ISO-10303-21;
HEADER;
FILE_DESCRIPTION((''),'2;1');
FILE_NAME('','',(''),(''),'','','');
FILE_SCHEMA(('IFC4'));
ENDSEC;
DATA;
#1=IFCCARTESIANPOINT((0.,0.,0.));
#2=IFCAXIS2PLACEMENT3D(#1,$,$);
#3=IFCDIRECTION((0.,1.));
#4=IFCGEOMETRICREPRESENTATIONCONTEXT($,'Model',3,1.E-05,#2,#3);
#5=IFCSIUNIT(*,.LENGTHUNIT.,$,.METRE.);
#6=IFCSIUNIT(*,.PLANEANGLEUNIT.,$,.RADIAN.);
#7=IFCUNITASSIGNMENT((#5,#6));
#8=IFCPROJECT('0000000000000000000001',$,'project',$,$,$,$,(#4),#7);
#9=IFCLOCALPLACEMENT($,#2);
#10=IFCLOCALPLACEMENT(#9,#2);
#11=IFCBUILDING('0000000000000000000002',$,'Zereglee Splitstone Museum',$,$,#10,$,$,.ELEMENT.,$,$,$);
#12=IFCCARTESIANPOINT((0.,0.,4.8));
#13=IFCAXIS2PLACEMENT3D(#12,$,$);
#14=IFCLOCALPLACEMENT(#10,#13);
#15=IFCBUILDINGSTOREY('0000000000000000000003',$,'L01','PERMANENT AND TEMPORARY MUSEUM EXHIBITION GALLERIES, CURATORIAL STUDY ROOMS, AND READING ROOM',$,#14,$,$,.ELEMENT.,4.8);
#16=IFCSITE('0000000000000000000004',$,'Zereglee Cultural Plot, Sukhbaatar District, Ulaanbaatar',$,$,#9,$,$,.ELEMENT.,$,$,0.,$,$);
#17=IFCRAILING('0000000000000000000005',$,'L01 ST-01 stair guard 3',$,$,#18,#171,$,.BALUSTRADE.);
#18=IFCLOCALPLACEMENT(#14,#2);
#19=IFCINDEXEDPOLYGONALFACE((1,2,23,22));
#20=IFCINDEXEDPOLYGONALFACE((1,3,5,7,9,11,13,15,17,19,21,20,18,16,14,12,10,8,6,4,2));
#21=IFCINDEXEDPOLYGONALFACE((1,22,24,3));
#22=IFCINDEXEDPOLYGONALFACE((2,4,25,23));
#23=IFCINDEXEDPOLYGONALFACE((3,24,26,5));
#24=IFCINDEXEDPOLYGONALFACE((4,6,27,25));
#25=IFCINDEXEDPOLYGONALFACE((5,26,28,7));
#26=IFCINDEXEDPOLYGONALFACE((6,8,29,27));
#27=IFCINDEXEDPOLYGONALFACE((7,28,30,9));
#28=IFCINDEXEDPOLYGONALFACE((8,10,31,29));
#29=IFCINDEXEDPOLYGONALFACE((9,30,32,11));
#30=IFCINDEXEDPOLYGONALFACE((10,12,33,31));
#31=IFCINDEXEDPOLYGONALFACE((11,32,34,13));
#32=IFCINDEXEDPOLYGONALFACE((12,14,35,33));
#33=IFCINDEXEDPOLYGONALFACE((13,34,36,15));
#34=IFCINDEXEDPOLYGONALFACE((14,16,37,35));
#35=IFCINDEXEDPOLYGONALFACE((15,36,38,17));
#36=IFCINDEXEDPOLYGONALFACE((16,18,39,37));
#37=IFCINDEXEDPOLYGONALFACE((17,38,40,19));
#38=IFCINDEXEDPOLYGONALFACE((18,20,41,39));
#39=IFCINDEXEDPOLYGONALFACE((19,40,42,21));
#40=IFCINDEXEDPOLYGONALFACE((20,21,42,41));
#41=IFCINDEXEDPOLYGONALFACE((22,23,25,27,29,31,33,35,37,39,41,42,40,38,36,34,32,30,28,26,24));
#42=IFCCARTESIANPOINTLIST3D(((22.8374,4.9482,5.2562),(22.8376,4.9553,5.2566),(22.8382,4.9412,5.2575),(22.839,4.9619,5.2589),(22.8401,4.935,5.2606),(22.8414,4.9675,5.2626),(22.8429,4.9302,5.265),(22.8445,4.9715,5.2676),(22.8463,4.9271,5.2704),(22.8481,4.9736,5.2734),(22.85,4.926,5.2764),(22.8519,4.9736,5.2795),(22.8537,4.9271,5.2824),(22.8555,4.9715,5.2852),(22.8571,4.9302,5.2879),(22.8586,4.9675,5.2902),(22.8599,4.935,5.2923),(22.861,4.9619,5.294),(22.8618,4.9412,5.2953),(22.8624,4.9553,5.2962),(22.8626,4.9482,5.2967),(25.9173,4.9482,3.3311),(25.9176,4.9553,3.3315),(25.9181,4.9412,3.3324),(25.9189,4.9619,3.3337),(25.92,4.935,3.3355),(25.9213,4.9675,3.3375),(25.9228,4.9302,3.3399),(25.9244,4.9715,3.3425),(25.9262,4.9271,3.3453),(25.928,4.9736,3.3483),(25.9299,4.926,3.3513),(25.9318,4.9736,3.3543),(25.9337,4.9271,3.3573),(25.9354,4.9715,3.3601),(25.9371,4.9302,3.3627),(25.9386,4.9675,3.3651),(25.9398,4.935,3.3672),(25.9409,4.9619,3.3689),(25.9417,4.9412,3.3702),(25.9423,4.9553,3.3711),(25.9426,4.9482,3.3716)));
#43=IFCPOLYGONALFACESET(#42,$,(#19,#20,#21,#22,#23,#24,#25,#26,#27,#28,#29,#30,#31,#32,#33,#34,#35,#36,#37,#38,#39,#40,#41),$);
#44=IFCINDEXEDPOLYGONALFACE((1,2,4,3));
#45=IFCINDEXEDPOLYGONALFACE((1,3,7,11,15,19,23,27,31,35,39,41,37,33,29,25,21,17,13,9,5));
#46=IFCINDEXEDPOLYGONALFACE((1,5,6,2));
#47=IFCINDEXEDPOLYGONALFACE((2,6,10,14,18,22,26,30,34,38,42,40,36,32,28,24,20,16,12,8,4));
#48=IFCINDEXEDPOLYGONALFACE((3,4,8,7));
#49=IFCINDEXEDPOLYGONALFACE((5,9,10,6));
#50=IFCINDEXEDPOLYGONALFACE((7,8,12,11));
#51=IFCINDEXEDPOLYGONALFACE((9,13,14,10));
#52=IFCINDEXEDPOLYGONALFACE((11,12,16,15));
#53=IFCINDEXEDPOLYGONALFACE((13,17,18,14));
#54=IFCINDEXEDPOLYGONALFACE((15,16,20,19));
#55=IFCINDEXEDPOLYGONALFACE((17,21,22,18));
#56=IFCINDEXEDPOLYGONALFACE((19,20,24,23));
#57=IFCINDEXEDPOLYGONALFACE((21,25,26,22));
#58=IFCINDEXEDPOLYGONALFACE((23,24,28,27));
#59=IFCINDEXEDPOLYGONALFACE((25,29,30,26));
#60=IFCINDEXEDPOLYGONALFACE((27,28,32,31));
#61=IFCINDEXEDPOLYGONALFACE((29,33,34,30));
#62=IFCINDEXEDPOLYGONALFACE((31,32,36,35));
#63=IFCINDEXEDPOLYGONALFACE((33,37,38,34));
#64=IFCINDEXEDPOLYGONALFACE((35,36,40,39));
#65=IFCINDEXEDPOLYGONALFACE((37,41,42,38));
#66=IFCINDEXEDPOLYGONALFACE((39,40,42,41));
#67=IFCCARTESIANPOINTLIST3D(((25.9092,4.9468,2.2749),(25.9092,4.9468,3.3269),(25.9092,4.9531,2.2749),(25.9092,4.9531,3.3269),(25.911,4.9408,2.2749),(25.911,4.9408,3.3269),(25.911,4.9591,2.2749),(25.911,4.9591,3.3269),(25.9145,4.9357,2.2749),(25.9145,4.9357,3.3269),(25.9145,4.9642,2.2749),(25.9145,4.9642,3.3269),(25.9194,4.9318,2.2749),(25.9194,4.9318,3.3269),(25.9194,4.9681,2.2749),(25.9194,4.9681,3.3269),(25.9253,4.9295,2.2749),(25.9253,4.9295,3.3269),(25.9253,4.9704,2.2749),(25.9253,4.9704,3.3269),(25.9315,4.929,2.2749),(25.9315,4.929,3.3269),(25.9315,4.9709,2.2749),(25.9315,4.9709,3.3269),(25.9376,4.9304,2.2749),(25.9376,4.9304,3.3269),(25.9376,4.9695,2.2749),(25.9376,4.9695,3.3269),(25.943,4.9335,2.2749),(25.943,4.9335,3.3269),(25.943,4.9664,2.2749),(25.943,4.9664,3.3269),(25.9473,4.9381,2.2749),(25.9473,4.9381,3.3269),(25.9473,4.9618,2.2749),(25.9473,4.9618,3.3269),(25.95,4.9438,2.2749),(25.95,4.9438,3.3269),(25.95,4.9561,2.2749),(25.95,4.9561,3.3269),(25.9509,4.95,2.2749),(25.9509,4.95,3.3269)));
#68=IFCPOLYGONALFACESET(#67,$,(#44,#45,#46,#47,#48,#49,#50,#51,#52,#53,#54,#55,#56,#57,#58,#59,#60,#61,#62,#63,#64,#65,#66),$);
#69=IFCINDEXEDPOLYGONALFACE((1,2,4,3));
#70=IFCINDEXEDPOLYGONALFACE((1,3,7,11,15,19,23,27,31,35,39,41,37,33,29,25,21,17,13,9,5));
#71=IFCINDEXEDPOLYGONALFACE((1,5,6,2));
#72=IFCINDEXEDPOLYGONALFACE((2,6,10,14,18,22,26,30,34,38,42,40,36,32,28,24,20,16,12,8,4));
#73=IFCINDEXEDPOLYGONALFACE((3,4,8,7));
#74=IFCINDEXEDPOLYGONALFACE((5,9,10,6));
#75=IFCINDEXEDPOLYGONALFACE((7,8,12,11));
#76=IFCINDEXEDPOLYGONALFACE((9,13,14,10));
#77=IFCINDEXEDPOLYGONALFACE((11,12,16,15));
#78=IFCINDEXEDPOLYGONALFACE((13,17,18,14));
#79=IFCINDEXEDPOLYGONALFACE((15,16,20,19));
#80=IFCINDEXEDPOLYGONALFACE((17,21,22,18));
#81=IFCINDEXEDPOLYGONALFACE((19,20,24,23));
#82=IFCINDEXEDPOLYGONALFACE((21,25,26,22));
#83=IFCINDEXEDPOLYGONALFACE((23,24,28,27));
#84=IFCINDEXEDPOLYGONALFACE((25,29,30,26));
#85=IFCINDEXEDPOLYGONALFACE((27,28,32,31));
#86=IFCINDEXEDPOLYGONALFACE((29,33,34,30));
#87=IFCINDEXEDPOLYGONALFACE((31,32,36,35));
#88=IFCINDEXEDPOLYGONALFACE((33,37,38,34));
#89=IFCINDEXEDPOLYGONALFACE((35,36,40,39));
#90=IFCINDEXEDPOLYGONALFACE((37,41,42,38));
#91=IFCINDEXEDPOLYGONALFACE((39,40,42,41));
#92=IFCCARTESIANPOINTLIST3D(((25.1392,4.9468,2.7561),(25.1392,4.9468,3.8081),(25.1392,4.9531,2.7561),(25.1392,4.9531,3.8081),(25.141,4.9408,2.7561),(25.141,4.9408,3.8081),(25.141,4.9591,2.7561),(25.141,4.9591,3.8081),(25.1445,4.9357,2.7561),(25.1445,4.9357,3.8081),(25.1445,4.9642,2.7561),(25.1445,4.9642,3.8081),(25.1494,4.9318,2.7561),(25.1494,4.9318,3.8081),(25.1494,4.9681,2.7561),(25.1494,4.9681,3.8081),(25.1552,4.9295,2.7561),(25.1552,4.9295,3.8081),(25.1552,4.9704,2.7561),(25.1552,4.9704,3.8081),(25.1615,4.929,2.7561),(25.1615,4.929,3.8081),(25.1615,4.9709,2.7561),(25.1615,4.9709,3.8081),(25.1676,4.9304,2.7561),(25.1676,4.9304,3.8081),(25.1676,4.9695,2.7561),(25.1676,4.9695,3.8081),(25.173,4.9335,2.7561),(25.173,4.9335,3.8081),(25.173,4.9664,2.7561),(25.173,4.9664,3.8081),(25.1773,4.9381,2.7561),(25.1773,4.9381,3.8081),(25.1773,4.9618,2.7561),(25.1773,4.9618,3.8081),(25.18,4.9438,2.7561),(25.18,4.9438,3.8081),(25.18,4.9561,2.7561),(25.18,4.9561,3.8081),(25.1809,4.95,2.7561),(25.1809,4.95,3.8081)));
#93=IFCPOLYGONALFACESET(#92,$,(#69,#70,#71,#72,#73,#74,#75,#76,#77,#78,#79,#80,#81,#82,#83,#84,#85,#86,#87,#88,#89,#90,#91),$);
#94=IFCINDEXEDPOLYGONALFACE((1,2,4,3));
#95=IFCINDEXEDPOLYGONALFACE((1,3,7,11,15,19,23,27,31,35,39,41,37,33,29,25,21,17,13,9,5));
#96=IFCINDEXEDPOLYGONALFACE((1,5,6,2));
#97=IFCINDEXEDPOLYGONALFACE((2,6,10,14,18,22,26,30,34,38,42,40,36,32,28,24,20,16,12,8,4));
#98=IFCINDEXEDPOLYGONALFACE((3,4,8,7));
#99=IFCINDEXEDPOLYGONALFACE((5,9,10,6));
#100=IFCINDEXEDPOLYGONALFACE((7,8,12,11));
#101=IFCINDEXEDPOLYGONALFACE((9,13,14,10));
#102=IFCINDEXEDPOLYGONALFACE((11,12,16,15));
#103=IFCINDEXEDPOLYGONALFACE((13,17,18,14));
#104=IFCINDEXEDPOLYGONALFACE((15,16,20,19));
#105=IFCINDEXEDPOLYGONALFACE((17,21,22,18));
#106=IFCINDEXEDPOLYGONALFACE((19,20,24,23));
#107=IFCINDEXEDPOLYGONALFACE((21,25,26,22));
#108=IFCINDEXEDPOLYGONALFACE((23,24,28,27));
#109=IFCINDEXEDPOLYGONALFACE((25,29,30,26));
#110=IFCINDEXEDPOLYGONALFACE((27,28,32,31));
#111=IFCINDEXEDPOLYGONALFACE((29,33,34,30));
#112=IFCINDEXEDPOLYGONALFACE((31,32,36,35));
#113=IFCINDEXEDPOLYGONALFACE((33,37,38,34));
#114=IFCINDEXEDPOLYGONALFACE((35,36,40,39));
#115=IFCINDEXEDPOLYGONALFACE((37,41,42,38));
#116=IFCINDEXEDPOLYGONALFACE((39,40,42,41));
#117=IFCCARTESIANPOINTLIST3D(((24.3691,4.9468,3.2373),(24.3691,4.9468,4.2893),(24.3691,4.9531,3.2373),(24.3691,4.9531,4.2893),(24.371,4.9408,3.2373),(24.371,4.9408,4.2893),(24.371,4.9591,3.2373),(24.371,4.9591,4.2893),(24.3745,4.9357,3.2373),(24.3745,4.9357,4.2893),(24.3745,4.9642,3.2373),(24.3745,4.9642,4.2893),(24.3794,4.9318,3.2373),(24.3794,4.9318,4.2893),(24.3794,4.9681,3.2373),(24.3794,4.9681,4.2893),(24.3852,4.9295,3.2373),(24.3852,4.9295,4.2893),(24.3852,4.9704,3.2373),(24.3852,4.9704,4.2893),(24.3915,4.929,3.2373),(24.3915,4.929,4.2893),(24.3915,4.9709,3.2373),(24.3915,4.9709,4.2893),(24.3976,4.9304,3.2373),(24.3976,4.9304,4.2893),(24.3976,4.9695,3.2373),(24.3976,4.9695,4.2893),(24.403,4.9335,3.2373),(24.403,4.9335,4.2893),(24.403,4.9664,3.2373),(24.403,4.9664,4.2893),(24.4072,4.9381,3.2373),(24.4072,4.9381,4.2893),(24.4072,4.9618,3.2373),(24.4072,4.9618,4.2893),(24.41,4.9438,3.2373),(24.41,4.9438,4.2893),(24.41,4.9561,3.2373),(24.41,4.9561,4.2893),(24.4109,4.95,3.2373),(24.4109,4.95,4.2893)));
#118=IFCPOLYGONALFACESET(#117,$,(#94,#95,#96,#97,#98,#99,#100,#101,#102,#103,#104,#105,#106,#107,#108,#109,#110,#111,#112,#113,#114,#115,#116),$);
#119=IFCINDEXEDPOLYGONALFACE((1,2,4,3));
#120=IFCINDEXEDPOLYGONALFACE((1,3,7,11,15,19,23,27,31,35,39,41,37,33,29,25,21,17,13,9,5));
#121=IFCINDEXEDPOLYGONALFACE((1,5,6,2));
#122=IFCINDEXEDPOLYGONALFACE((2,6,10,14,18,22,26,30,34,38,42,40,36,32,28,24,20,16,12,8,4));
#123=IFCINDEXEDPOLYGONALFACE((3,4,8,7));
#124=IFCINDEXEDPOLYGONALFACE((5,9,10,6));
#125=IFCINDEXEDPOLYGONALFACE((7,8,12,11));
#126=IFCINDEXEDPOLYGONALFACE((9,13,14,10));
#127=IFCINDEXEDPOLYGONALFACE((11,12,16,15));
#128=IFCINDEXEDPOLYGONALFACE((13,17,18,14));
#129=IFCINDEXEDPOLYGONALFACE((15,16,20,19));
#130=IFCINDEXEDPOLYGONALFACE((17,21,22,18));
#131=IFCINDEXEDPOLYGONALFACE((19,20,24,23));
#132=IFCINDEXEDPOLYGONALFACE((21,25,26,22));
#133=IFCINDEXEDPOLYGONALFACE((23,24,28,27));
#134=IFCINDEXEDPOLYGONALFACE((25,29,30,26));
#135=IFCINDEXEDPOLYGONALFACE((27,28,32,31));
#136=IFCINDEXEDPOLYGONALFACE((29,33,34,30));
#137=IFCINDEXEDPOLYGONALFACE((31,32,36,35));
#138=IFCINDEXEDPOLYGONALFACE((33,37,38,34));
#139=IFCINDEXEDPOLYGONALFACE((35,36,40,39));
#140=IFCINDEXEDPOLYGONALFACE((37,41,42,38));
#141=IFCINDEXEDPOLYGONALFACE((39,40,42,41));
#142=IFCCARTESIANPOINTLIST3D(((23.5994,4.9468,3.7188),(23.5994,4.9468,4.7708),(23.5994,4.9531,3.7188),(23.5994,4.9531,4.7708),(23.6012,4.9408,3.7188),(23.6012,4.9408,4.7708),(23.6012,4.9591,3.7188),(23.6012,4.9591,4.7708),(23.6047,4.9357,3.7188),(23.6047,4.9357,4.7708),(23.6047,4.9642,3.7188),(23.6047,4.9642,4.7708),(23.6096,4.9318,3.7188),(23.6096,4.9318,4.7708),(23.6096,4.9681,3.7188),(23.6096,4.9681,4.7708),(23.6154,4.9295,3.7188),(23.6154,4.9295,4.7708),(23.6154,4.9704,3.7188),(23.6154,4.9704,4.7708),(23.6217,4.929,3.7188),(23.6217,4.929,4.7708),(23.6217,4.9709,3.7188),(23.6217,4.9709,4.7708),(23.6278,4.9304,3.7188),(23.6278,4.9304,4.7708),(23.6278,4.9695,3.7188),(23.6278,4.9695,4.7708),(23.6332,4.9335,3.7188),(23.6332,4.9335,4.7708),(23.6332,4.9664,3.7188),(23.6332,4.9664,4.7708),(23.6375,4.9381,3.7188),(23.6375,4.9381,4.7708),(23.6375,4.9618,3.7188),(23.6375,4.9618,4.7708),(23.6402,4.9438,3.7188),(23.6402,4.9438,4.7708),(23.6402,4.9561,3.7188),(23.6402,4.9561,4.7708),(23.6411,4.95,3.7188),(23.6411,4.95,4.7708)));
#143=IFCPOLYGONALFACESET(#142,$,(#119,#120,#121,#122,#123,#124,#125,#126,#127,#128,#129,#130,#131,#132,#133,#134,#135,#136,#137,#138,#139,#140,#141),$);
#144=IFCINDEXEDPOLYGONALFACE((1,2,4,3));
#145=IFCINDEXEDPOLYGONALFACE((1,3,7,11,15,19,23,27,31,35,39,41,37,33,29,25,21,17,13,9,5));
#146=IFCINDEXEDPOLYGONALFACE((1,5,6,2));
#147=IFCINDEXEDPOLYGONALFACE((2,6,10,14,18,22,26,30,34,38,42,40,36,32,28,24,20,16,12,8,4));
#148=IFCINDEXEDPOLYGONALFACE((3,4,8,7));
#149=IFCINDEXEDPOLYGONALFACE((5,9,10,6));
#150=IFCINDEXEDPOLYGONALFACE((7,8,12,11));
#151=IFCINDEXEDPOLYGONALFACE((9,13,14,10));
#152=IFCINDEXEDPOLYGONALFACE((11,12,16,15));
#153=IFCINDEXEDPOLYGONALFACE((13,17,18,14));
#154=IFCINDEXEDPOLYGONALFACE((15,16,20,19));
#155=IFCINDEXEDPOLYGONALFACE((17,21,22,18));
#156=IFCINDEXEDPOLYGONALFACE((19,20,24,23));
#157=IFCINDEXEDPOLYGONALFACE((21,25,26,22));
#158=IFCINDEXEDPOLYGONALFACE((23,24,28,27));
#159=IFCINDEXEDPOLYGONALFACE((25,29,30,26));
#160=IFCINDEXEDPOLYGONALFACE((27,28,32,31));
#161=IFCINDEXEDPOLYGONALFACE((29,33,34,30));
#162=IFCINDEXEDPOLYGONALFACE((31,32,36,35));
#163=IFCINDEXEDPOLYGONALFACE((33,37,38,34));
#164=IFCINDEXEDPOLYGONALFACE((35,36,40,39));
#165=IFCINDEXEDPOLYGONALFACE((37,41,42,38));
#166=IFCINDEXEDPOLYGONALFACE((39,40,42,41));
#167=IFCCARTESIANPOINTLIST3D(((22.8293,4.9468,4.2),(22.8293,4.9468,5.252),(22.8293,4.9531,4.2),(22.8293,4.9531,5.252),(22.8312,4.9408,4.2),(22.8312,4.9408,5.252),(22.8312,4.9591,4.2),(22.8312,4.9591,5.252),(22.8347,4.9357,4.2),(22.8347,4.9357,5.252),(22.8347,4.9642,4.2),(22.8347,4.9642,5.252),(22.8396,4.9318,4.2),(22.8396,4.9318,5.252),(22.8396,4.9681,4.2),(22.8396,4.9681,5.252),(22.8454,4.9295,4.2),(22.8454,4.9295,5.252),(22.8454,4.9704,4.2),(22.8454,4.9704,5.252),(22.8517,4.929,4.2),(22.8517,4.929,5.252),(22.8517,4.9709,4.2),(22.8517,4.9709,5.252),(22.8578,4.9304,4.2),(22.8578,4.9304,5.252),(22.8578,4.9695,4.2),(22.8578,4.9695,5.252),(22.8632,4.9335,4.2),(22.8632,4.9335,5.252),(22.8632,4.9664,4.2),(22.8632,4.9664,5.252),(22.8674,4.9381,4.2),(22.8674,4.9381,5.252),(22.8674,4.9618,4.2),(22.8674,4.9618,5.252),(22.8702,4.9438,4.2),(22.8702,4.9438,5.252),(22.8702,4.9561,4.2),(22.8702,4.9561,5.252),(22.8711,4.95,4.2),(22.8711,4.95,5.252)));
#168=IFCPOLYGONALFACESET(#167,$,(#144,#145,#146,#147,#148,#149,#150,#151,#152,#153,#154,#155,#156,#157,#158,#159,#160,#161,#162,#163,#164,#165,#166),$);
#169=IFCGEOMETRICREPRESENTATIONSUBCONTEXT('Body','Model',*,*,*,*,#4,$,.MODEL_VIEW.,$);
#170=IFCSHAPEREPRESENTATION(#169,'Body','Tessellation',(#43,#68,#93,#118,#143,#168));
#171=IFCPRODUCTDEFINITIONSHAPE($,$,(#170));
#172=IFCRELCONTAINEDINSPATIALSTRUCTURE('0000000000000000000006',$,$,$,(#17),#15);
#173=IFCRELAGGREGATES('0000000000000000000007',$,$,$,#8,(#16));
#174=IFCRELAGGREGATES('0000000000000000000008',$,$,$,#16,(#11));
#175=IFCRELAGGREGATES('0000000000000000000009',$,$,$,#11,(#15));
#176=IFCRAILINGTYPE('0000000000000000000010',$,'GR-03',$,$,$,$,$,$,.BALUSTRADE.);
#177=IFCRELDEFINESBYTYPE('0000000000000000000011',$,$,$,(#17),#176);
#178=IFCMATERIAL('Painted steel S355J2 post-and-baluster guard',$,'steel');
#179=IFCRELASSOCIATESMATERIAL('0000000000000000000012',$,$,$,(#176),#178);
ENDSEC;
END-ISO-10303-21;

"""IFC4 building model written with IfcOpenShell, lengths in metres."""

from ifc_helpers import new_model, si_unit, direction, frame, origin, origin_2d, place, context, subcontext, project, spatial, circle, extrude, material, type_object, element, save


model = new_model("IFC4")

# Units and contexts
model_context = context("Model", 3, precision=1e-05, world=origin(), true_north=direction((0.0, 1.0)))
body_context = subcontext(model_context, "Body", "Model", "MODEL_VIEW")
ifc_project = project(units=[si_unit("LENGTHUNIT", "METRE"), si_unit("PLANEANGLEUNIT", "RADIAN")], contexts=[model_context])

# Site, building, storey
site_placement = place(None, origin())
site = spatial("IfcSite", under=ifc_project, at=site_placement, Name="Zereglee Cultural Plot, Sukhbaatar District, Ulaanbaatar", CompositionType="ELEMENT", RefElevation=0.0)
building_placement = place(site_placement, origin())
building = spatial("IfcBuilding", under=site, at=building_placement, Name="Zereglee Splitstone Museum", CompositionType="ELEMENT")
storey_placement = place(building_placement, frame((0.0, 0.0, 4.8)))
storey = spatial("IfcBuildingStorey", under=building, at=storey_placement, Name="L01", Description="PERMANENT AND TEMPORARY MUSEUM EXHIBITION GALLERIES, CURATORIAL STUDY ROOMS, AND READING ROOM", CompositionType="ELEMENT", Elevation=4.8)

# Railing
ifc_material_1 = material(Name="Painted steel S355J2 post-and-baluster guard", Category="steel")
railing_type_1 = type_object("IfcRailingType", Name="GR-03", PredefinedType="BALUSTRADE", material=ifc_material_1)
railing_1_placement = place(storey_placement, frame((25.9299, 4.95, 2.2749)))
element("IfcRailing", 1, at=railing_1_placement, inside=storey, type_object=railing_type_1, Name="L01 ST-01 stair guard 3", PredefinedType="BALUSTRADE", context=body_context, shape_type="SweptSolid", body=[
    extrude(circle(Radius=0.0239, at=origin_2d()), frame((0.0, 0.0, 1.0764), z_axis=(-0.847979, 0.0, 0.530029), x_axis=(0.0, -1.0, 0.0)), (0.0, 0.0, 1.0), 3.6321),
    extrude(circle(Radius=0.021, at=origin_2d()), origin(), (0.0, 0.0, 1.0), 1.052),
    extrude(circle(Radius=0.021, at=origin_2d()), frame((-0.77, 0.0, 0.4812)), (0.0, 0.0, 1.0), 1.052),
    extrude(circle(Radius=0.021, at=origin_2d()), frame((-1.54, 0.0, 0.9624)), (0.0, 0.0, 1.0), 1.052),
    extrude(circle(Radius=0.021, at=origin_2d()), frame((-2.3098, 0.0, 1.4438)), (0.0, 0.0, 1.0), 1.052),
    extrude(circle(Radius=0.021, at=origin_2d()), frame((-3.0798, 0.0, 1.925)), (0.0, 0.0, 1.0), 1.052),
])

save(model, "model.ifc")
